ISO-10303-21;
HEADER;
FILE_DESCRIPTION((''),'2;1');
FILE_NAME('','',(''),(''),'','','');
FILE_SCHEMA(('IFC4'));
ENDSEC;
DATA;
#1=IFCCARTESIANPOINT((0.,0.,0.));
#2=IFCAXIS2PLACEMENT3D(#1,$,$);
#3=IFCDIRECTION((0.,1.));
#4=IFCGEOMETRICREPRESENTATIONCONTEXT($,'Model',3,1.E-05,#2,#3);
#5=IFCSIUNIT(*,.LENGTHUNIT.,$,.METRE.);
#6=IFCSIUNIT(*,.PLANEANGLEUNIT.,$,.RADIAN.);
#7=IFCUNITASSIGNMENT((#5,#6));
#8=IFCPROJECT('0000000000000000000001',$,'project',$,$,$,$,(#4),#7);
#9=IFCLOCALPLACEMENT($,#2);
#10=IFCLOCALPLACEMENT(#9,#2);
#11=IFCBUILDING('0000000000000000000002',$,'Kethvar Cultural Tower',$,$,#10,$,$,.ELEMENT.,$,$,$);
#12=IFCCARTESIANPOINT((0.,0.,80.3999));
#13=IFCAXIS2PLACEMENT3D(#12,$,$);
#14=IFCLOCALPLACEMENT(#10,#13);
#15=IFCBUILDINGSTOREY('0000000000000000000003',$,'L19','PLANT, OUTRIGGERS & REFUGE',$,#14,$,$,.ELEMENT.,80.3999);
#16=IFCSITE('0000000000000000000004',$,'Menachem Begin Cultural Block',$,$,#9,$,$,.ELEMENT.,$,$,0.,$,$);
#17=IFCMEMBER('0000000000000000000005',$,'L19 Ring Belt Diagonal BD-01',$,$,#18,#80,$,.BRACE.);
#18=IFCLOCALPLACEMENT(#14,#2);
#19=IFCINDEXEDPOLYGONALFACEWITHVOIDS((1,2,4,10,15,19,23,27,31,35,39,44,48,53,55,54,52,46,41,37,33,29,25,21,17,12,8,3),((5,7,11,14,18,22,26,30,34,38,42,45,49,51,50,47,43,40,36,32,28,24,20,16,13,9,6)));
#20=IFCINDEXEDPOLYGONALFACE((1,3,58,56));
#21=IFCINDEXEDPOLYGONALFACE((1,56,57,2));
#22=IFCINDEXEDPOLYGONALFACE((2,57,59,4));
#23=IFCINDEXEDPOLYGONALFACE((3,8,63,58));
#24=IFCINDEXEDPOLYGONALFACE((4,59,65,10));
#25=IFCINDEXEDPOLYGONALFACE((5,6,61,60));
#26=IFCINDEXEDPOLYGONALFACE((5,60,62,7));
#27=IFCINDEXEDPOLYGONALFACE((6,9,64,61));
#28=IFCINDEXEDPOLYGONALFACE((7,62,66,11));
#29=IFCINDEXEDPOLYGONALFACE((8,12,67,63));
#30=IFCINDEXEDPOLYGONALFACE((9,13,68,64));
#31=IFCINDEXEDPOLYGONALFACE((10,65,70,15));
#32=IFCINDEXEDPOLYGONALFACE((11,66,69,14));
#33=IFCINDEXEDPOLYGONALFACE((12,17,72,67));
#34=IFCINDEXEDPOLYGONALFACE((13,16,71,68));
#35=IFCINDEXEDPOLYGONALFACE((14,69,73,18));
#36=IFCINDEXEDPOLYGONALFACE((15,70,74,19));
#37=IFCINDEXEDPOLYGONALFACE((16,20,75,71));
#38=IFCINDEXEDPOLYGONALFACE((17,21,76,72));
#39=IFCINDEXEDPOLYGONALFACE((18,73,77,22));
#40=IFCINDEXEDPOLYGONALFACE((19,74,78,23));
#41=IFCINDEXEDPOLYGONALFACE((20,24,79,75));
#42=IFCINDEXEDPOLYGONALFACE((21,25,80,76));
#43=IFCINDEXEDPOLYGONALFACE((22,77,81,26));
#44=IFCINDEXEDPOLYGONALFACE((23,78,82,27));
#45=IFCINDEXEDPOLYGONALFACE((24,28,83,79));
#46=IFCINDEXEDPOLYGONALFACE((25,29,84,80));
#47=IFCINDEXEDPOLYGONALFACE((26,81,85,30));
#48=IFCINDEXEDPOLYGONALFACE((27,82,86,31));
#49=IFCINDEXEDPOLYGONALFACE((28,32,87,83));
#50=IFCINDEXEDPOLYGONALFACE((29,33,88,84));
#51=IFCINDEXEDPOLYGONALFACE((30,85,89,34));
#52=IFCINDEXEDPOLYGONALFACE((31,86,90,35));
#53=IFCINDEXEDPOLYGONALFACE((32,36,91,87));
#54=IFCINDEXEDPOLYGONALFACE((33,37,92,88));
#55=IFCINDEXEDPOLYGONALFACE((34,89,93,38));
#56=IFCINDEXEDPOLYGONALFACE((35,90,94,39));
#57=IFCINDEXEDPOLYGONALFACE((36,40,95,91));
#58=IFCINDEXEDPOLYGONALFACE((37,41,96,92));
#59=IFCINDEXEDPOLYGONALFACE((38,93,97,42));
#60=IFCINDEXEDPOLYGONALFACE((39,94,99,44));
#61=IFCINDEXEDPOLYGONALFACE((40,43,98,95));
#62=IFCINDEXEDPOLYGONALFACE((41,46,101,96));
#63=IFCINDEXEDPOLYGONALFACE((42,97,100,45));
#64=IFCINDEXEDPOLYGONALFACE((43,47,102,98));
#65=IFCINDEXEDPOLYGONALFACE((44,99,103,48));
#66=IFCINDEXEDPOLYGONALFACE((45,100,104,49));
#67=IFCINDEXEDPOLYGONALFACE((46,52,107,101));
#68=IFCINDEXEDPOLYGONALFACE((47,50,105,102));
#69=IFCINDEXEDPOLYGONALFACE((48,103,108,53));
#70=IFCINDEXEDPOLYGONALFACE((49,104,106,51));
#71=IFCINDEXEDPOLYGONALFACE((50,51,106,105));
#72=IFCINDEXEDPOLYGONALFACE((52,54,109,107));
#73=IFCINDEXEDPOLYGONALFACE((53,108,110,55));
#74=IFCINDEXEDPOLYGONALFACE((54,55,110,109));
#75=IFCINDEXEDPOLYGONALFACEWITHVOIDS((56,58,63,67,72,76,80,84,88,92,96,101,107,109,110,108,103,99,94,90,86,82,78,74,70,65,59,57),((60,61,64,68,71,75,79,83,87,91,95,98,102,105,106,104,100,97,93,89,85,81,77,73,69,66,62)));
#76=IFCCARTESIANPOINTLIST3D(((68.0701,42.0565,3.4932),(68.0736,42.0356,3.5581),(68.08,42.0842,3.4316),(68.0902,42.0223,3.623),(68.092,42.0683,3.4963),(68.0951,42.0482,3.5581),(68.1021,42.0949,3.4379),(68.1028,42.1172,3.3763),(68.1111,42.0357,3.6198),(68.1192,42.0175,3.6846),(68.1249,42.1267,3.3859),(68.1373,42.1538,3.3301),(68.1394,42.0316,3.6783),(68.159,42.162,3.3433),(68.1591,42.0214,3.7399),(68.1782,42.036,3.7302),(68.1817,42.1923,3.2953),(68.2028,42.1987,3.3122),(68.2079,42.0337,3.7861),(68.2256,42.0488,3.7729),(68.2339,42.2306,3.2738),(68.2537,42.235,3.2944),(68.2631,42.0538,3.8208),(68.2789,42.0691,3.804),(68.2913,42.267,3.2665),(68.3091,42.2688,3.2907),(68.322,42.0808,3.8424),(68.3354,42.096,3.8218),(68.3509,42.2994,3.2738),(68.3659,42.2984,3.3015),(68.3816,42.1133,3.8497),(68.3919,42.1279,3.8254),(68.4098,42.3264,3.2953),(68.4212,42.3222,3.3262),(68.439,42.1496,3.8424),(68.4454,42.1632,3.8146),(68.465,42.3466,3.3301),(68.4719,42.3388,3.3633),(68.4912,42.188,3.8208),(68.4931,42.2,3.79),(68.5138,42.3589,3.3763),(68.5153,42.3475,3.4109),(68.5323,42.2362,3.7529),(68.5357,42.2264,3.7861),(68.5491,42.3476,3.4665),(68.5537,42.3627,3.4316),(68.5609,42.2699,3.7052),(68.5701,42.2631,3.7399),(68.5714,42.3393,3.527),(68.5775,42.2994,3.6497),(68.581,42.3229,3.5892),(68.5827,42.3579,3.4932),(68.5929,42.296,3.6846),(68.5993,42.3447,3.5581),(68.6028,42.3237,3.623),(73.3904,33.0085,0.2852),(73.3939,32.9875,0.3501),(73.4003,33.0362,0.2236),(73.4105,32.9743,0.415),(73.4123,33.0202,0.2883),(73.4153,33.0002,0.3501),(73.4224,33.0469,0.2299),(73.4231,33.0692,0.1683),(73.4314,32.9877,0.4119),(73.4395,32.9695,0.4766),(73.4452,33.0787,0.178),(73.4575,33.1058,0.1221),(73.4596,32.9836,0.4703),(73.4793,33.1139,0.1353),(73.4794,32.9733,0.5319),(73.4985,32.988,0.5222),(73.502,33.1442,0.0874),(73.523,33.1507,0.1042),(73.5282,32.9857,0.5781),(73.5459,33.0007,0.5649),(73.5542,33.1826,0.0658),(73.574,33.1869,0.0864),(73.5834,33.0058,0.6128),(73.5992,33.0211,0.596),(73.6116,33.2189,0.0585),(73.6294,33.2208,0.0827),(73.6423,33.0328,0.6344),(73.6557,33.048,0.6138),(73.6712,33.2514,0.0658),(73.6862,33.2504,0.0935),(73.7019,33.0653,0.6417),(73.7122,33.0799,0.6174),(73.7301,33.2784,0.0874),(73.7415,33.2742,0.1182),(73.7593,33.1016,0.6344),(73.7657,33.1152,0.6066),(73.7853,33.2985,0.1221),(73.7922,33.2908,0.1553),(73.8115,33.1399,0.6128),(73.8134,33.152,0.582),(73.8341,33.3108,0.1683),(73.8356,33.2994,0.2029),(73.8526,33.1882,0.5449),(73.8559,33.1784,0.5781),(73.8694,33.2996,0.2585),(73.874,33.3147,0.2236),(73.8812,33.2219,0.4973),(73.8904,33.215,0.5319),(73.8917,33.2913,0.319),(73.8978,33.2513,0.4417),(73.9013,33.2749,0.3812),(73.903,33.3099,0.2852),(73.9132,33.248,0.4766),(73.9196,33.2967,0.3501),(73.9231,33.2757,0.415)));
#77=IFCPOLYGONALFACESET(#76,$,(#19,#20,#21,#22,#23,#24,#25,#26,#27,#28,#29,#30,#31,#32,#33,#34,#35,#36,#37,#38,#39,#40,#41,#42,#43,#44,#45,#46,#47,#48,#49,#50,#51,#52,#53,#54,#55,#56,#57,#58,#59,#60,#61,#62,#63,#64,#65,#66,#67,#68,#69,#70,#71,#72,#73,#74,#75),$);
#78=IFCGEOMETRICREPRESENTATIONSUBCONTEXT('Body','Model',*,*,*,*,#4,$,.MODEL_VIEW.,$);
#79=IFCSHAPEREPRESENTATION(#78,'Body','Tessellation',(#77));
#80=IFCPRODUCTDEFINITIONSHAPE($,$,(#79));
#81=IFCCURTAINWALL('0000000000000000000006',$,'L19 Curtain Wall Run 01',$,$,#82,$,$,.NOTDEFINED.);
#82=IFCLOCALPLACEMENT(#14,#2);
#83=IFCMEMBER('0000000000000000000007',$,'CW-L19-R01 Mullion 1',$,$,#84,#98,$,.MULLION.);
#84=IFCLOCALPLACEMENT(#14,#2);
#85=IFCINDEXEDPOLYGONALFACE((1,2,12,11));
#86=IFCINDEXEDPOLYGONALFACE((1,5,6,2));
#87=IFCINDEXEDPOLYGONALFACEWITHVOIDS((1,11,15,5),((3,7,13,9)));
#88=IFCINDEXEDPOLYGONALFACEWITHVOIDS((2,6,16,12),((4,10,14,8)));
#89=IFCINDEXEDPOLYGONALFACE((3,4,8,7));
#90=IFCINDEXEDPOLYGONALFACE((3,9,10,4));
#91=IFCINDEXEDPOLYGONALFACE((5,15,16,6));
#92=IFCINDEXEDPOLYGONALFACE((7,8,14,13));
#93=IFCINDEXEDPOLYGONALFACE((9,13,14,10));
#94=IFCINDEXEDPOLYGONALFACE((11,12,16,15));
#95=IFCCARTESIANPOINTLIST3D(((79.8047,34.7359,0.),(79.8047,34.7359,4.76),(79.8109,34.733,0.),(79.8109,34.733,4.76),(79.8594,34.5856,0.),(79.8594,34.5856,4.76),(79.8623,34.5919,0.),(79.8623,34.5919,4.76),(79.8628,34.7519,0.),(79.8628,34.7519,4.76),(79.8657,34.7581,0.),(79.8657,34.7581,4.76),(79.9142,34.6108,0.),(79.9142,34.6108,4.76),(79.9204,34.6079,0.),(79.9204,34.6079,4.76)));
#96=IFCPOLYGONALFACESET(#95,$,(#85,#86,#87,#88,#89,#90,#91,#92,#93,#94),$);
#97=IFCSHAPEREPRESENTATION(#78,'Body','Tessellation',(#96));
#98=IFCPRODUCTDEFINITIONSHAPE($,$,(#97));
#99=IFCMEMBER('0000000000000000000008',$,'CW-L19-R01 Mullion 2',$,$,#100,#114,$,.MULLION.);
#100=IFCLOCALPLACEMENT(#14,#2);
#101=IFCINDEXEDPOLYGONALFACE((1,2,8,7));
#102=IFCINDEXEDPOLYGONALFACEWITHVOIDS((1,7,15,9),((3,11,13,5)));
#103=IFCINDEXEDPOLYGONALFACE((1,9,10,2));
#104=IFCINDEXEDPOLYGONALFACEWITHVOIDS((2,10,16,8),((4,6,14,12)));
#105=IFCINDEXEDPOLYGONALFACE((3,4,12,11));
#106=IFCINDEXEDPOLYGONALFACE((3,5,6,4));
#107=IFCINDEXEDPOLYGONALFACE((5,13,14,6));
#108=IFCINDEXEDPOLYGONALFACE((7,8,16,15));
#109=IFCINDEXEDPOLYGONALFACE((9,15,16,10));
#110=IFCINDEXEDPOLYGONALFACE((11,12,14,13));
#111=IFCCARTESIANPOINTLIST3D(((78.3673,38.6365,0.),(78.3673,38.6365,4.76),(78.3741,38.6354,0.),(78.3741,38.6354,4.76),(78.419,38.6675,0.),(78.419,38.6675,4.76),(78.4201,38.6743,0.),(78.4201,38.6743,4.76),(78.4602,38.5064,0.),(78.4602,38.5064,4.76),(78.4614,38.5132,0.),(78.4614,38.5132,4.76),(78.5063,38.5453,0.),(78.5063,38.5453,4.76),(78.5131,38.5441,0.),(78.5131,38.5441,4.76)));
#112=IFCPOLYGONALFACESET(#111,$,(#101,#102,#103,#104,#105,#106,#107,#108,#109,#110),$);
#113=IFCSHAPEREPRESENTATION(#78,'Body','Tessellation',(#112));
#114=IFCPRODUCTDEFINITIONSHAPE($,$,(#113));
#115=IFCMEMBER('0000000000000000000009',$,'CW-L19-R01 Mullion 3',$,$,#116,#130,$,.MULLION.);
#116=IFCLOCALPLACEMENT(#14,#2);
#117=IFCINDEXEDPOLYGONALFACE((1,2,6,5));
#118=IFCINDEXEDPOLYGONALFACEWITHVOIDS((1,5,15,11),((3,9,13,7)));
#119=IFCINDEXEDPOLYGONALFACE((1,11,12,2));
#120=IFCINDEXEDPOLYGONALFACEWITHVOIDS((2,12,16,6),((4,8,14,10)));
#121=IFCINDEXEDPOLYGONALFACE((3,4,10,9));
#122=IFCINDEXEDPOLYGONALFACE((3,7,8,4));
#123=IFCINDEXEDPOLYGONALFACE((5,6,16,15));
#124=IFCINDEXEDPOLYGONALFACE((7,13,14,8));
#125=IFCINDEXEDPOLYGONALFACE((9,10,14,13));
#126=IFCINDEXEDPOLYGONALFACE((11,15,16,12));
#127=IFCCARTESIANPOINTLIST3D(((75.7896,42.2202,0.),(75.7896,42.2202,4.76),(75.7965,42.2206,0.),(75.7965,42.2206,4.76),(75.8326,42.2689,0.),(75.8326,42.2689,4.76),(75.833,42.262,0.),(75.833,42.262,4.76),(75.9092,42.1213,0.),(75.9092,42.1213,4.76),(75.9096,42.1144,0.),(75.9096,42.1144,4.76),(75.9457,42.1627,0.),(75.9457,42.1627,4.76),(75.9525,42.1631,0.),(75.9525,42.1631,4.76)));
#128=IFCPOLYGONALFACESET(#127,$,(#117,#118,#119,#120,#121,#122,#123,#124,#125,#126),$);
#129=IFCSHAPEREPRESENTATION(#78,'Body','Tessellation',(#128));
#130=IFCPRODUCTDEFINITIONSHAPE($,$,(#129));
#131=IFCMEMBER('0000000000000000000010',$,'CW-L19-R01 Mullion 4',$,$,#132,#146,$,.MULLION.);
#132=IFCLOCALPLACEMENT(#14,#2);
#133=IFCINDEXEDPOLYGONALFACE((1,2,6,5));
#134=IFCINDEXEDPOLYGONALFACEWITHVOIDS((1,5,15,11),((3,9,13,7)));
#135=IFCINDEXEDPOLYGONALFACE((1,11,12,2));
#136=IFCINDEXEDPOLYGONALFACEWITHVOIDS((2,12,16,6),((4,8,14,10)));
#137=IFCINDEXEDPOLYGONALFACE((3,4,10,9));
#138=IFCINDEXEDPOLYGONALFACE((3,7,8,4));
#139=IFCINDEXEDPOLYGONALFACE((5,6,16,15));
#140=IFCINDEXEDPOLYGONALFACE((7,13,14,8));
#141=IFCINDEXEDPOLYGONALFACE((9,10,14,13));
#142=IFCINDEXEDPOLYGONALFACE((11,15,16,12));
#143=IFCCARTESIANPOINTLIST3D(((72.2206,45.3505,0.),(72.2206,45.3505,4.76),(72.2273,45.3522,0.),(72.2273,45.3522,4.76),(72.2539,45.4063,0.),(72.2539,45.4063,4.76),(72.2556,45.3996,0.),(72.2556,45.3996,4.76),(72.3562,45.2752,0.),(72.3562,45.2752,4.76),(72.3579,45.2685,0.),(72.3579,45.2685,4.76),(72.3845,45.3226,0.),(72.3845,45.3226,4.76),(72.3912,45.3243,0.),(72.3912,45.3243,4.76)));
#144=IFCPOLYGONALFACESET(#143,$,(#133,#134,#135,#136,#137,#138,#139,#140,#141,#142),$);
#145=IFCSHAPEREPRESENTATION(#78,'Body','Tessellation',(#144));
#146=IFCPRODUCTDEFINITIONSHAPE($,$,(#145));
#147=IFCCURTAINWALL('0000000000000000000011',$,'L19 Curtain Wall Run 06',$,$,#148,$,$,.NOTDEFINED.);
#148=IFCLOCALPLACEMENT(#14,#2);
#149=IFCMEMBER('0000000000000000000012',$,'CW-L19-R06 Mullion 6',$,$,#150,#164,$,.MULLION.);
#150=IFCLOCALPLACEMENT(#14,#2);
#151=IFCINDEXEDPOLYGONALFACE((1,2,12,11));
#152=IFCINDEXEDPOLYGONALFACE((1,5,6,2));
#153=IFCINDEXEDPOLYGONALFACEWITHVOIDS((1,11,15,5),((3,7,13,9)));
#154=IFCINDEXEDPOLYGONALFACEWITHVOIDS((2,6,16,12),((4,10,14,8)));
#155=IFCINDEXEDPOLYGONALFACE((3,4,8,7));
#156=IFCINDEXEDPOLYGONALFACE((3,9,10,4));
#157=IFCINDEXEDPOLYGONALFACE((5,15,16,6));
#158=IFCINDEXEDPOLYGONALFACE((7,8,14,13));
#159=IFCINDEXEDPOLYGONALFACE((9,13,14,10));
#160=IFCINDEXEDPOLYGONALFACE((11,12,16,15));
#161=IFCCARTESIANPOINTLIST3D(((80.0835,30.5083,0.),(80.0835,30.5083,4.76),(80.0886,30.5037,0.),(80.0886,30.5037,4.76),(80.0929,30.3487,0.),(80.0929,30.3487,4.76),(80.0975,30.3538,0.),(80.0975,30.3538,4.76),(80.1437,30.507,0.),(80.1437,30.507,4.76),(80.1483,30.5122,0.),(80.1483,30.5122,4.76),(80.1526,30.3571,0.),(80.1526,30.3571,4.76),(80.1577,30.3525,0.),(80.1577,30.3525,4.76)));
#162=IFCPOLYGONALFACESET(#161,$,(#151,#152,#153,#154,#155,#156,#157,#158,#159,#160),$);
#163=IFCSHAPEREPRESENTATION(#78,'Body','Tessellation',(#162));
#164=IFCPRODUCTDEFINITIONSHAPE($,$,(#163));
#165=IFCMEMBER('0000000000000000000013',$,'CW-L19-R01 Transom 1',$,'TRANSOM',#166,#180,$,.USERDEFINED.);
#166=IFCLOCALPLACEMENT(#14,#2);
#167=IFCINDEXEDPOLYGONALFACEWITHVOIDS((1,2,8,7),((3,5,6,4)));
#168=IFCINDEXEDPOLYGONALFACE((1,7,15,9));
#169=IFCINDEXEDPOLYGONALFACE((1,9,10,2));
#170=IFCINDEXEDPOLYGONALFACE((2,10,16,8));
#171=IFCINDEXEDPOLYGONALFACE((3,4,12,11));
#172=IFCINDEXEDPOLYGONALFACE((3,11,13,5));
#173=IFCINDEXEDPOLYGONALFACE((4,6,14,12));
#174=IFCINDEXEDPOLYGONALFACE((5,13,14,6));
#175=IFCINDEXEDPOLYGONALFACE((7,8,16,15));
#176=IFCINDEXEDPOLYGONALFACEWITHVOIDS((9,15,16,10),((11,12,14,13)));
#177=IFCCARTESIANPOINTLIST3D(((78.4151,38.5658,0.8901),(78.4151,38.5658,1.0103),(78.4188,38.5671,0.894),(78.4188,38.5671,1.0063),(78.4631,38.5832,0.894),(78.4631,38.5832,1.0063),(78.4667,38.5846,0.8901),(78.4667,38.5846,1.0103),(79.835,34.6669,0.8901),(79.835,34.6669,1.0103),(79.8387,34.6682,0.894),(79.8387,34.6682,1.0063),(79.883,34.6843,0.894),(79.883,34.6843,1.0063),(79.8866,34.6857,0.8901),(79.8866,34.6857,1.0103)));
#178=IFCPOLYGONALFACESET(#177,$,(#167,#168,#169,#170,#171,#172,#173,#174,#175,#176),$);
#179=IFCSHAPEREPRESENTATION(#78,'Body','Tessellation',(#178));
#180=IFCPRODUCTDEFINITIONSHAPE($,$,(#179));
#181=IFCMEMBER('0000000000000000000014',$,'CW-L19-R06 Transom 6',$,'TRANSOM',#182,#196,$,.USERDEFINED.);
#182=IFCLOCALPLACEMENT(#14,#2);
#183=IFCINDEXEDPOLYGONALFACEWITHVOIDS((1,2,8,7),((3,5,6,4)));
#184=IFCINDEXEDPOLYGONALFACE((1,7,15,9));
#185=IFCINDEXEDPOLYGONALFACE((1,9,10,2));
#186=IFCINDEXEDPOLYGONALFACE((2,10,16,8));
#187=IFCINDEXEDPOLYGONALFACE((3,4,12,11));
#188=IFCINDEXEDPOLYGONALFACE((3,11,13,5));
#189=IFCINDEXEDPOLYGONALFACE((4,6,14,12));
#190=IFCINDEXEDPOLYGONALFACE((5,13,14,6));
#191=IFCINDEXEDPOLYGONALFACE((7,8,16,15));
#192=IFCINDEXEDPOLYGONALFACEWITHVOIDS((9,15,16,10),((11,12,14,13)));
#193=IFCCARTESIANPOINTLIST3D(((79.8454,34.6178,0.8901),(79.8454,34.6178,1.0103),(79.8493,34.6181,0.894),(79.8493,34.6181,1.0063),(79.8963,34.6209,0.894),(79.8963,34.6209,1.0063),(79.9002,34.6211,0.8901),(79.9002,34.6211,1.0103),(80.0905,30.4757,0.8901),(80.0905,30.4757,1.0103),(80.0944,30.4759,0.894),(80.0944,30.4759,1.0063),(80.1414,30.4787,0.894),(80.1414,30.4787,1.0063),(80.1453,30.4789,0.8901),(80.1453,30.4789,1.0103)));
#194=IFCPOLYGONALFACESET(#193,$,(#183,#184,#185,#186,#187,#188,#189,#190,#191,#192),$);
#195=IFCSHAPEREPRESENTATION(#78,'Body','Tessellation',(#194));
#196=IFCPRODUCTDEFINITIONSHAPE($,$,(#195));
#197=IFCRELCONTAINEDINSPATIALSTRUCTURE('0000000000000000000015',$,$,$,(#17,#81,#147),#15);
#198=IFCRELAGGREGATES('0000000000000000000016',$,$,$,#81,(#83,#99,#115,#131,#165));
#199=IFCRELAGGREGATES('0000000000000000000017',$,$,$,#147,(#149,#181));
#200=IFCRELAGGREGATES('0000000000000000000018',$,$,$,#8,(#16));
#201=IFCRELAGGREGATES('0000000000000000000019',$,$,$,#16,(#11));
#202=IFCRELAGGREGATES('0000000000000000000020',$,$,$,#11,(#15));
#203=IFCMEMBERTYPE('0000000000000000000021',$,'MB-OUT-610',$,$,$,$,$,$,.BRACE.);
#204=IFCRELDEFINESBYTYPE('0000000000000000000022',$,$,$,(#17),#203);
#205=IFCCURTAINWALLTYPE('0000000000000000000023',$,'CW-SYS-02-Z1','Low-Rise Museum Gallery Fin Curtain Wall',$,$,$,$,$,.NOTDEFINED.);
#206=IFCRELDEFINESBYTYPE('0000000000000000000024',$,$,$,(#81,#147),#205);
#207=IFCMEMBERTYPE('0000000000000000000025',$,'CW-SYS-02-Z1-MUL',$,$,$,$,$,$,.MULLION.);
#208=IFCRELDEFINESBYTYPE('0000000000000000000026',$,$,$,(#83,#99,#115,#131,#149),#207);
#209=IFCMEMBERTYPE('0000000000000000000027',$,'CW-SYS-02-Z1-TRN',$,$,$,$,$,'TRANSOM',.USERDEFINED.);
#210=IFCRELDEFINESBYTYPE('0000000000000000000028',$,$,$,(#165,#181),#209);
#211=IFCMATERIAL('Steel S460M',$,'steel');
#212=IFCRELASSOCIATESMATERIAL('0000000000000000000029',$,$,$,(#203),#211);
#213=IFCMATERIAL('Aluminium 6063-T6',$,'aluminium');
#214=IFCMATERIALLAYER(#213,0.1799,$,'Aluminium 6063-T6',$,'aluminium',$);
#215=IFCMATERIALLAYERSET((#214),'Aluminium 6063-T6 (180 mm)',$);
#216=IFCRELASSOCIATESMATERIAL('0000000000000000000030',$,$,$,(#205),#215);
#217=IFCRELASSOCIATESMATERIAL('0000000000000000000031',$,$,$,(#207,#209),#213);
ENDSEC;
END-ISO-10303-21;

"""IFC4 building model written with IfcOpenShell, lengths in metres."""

from ifc_helpers import new_model, si_unit, direction, frame, origin, origin_2d, place, context, subcontext, project, spatial, hollow_rectangle, hollow_circle, extrude, source, transform, mapped, material, layer, layer_set, material_profile, profile_set, type_object, element, aggregate, save


model = new_model("IFC4")

# Units and contexts
model_context = context("Model", 3, precision=1e-05, world=origin(), true_north=direction((0.0, 1.0)))
body_context = subcontext(model_context, "Body", "Model", "MODEL_VIEW")
ifc_project = project(units=[si_unit("LENGTHUNIT", "METRE"), si_unit("PLANEANGLEUNIT", "RADIAN")], contexts=[model_context])

# Site, building, storey
site_placement = place(None, origin())
site = spatial("IfcSite", under=ifc_project, at=site_placement, Name="Menachem Begin Cultural Block", CompositionType="ELEMENT", RefElevation=0.0)
building_placement = place(site_placement, origin())
building = spatial("IfcBuilding", under=site, at=building_placement, Name="Kethvar Cultural Tower", CompositionType="ELEMENT")
storey_placement = place(building_placement, frame((0.0, 0.0, 80.3999)))
storey = spatial("IfcBuildingStorey", under=building, at=storey_placement, Name="L19", Description="PLANT, OUTRIGGERS & REFUGE", CompositionType="ELEMENT", Elevation=80.3999)

# Shared definitions
ifc_material_1 = material(Name="Steel S460M", Category="steel")

# Member
ifc_material_profile_1 = material_profile(ifc_material_1, hollow_circle(Radius=0.3049, WallThickness=0.0249, at=origin_2d()), Name="Steel S460M — CHS610x25")
ifc_profile_set_1 = profile_set([ifc_material_profile_1], Name="Steel S460M — CHS610x25")
member_type_1 = type_object("IfcMemberType", Name="MB-OUT-610", PredefinedType="BRACE", material=ifc_profile_set_1)
shared_shape_1 = source(origin(), body_context, "Body", "SweptSolid", [
    extrude(hollow_circle(Radius=0.3049, WallThickness=0.0249, at=origin_2d()), origin(), (0.0, 0.0, 1.0), 10.9756),
])
member_1_placement = place(storey_placement, frame((73.6567, 33.1421, 0.3501), z_axis=(-0.484737, 0.824378, 0.292284), x_axis=(-0.862022, -0.506872, 0.0)))
element("IfcMember", 1, at=member_1_placement, inside=storey, type_object=member_type_1, Name="L19 Ring Belt Diagonal BD-01", PredefinedType="BRACE", context=body_context, shape_type="MappedRepresentation", body=[
    mapped(shared_shape_1, transform((0.0, 0.0, 0.0), scale=1.0)),
])

# Curtain wall, members
ifc_material_2 = material(Name="Aluminium 6063-T6", Category="aluminium")
ifc_layer_1 = layer(ifc_material_2, 0.1799, Name="Aluminium 6063-T6", Category="aluminium")
ifc_layer_set_1 = layer_set([ifc_layer_1], Name="Aluminium 6063-T6 (180 mm)")
curtain_wall_type = type_object("IfcCurtainWallType", Name="CW-SYS-02-Z1", Description="Low-Rise Museum Gallery Fin Curtain Wall", PredefinedType="NOTDEFINED", material=ifc_layer_set_1)
curtain_wall_1_placement = place(storey_placement, origin())
curtain_wall_1 = element("IfcCurtainWall", 2, at=curtain_wall_1_placement, inside=storey, type_object=curtain_wall_type, Name="L19 Curtain Wall Run 01", PredefinedType="NOTDEFINED")
ifc_material_profile_2 = material_profile(ifc_material_2, hollow_rectangle(XDim=0.0649, YDim=0.1599, WallThickness=0.0049, at=origin_2d()), Name="Aluminium 6063-T6 — RHS160x65x5")
ifc_profile_set_2 = profile_set([ifc_material_profile_2], Name="Aluminium 6063-T6 — RHS160x65x5")
member_type_2 = type_object("IfcMemberType", Name="CW-SYS-02-Z1-MUL", PredefinedType="MULLION", material=ifc_profile_set_2)
shared_shape_2 = source(origin(), body_context, "Body", "SweptSolid", [
    extrude(hollow_rectangle(XDim=0.0649, YDim=0.1599, WallThickness=0.0049, at=origin_2d()), origin(), (0.0, 0.0, 1.0), 4.76),
])
member_2_placement = place(storey_placement, frame((79.8625, 34.6719, 0.0), z_axis=(0.0, 0.0, 1.0), x_axis=(-0.939627, -0.342201, 0.0)))
member_2 = element("IfcMember", 3, at=member_2_placement, type_object=member_type_2, Name="CW-L19-R01 Mullion 1", PredefinedType="MULLION", context=body_context, shape_type="MappedRepresentation", body=[
    mapped(shared_shape_2, transform((0.0, 0.0, 0.0), scale=1.0)),
])
member_3_placement = place(storey_placement, frame((78.4402, 38.5903, 0.0), z_axis=(0.0, 0.0, 1.0), x_axis=(-0.81369, -0.5813, 0.0)))
member_3 = element("IfcMember", 4, at=member_3_placement, type_object=member_type_2, Name="CW-L19-R01 Mullion 2", PredefinedType="MULLION", context=body_context, shape_type="MappedRepresentation", body=[
    mapped(shared_shape_2, transform((0.0, 0.0, 0.0), scale=1.0)),
])
member_4_placement = place(storey_placement, frame((75.8711, 42.1917, 0.0), z_axis=(0.0, 0.0, 1.0), x_axis=(-0.661286, -0.750134, 0.0)))
member_4 = element("IfcMember", 5, at=member_4_placement, type_object=member_type_2, Name="CW-L19-R01 Mullion 3", PredefinedType="MULLION", context=body_context, shape_type="MappedRepresentation", body=[
    mapped(shared_shape_2, transform((0.0, 0.0, 0.0), scale=1.0)),
])
member_5_placement = place(storey_placement, frame((72.3059, 45.3374, 0.0), z_axis=(0.0, 0.0, 1.0), x_axis=(-0.512912, -0.858441, 0.0)))
member_5 = element("IfcMember", 6, at=member_5_placement, type_object=member_type_2, Name="CW-L19-R01 Mullion 4", PredefinedType="MULLION", context=body_context, shape_type="MappedRepresentation", body=[
    mapped(shared_shape_2, transform((0.0, 0.0, 0.0), scale=1.0)),
])

# Curtain wall, member
curtain_wall_2_placement = place(storey_placement, origin())
curtain_wall_2 = element("IfcCurtainWall", 7, at=curtain_wall_2_placement, inside=storey, type_object=curtain_wall_type, Name="L19 Curtain Wall Run 06", PredefinedType="NOTDEFINED")
member_6_placement = place(storey_placement, frame((80.1206, 30.4304, 0.0), z_axis=(0.0, 0.0, 1.0), x_axis=(-0.998251, -0.059115, 0.0)))
member_6 = element("IfcMember", 8, at=member_6_placement, type_object=member_type_2, Name="CW-L19-R06 Mullion 6", PredefinedType="MULLION", context=body_context, shape_type="MappedRepresentation", body=[
    mapped(shared_shape_2, transform((0.0, 0.0, 0.0), scale=1.0)),
])

# Members
ifc_material_profile_3 = material_profile(ifc_material_2, hollow_rectangle(XDim=0.0549, YDim=0.1201, WallThickness=0.0039, at=origin_2d()), Name="Aluminium 6063-T6 — RHS120x55x4")
ifc_profile_set_3 = profile_set([ifc_material_profile_3], Name="Aluminium 6063-T6 — RHS120x55x4")
member_type_3 = type_object("IfcMemberType", Name="CW-SYS-02-Z1-TRN", ElementType="TRANSOM", PredefinedType="USERDEFINED", material=ifc_profile_set_3)
shared_shape_3 = source(origin(), body_context, "Body", "SweptSolid", [
    extrude(hollow_rectangle(XDim=0.0549, YDim=0.1201, WallThickness=0.0039, at=origin_2d()), origin(), (0.0, 0.0, 1.0), 4.1494),
])
member_7_placement = place(storey_placement, frame((79.8608, 34.6763, 0.9502), z_axis=(-0.342197, 0.939628, 0.0), x_axis=(-0.939628, -0.342197, 0.0)))
member_7 = element("IfcMember", 9, at=member_7_placement, type_object=member_type_3, Name="CW-L19-R01 Transom 1", ObjectType="TRANSOM", PredefinedType="USERDEFINED", context=body_context, shape_type="MappedRepresentation", body=[
    mapped(shared_shape_3, transform((0.0, 0.0, 0.0), scale=1.0)),
])
member_8_placement = place(storey_placement, frame((80.1179, 30.4773, 0.9502), z_axis=(-0.059074, 0.998254, 0.0), x_axis=(-0.998254, -0.059074, 0.0)))
member_8 = element("IfcMember", 10, at=member_8_placement, type_object=member_type_3, Name="CW-L19-R06 Transom 6", ObjectType="TRANSOM", PredefinedType="USERDEFINED", context=body_context, shape_type="MappedRepresentation", body=[
    mapped(shared_shape_3, transform((0.0, 0.0, 0.0), scale=1.0)),
])

aggregate(curtain_wall_1, [member_2, member_3, member_4, member_5, member_7])
aggregate(curtain_wall_2, [member_6, member_8])

save(model, "model.ifc")
